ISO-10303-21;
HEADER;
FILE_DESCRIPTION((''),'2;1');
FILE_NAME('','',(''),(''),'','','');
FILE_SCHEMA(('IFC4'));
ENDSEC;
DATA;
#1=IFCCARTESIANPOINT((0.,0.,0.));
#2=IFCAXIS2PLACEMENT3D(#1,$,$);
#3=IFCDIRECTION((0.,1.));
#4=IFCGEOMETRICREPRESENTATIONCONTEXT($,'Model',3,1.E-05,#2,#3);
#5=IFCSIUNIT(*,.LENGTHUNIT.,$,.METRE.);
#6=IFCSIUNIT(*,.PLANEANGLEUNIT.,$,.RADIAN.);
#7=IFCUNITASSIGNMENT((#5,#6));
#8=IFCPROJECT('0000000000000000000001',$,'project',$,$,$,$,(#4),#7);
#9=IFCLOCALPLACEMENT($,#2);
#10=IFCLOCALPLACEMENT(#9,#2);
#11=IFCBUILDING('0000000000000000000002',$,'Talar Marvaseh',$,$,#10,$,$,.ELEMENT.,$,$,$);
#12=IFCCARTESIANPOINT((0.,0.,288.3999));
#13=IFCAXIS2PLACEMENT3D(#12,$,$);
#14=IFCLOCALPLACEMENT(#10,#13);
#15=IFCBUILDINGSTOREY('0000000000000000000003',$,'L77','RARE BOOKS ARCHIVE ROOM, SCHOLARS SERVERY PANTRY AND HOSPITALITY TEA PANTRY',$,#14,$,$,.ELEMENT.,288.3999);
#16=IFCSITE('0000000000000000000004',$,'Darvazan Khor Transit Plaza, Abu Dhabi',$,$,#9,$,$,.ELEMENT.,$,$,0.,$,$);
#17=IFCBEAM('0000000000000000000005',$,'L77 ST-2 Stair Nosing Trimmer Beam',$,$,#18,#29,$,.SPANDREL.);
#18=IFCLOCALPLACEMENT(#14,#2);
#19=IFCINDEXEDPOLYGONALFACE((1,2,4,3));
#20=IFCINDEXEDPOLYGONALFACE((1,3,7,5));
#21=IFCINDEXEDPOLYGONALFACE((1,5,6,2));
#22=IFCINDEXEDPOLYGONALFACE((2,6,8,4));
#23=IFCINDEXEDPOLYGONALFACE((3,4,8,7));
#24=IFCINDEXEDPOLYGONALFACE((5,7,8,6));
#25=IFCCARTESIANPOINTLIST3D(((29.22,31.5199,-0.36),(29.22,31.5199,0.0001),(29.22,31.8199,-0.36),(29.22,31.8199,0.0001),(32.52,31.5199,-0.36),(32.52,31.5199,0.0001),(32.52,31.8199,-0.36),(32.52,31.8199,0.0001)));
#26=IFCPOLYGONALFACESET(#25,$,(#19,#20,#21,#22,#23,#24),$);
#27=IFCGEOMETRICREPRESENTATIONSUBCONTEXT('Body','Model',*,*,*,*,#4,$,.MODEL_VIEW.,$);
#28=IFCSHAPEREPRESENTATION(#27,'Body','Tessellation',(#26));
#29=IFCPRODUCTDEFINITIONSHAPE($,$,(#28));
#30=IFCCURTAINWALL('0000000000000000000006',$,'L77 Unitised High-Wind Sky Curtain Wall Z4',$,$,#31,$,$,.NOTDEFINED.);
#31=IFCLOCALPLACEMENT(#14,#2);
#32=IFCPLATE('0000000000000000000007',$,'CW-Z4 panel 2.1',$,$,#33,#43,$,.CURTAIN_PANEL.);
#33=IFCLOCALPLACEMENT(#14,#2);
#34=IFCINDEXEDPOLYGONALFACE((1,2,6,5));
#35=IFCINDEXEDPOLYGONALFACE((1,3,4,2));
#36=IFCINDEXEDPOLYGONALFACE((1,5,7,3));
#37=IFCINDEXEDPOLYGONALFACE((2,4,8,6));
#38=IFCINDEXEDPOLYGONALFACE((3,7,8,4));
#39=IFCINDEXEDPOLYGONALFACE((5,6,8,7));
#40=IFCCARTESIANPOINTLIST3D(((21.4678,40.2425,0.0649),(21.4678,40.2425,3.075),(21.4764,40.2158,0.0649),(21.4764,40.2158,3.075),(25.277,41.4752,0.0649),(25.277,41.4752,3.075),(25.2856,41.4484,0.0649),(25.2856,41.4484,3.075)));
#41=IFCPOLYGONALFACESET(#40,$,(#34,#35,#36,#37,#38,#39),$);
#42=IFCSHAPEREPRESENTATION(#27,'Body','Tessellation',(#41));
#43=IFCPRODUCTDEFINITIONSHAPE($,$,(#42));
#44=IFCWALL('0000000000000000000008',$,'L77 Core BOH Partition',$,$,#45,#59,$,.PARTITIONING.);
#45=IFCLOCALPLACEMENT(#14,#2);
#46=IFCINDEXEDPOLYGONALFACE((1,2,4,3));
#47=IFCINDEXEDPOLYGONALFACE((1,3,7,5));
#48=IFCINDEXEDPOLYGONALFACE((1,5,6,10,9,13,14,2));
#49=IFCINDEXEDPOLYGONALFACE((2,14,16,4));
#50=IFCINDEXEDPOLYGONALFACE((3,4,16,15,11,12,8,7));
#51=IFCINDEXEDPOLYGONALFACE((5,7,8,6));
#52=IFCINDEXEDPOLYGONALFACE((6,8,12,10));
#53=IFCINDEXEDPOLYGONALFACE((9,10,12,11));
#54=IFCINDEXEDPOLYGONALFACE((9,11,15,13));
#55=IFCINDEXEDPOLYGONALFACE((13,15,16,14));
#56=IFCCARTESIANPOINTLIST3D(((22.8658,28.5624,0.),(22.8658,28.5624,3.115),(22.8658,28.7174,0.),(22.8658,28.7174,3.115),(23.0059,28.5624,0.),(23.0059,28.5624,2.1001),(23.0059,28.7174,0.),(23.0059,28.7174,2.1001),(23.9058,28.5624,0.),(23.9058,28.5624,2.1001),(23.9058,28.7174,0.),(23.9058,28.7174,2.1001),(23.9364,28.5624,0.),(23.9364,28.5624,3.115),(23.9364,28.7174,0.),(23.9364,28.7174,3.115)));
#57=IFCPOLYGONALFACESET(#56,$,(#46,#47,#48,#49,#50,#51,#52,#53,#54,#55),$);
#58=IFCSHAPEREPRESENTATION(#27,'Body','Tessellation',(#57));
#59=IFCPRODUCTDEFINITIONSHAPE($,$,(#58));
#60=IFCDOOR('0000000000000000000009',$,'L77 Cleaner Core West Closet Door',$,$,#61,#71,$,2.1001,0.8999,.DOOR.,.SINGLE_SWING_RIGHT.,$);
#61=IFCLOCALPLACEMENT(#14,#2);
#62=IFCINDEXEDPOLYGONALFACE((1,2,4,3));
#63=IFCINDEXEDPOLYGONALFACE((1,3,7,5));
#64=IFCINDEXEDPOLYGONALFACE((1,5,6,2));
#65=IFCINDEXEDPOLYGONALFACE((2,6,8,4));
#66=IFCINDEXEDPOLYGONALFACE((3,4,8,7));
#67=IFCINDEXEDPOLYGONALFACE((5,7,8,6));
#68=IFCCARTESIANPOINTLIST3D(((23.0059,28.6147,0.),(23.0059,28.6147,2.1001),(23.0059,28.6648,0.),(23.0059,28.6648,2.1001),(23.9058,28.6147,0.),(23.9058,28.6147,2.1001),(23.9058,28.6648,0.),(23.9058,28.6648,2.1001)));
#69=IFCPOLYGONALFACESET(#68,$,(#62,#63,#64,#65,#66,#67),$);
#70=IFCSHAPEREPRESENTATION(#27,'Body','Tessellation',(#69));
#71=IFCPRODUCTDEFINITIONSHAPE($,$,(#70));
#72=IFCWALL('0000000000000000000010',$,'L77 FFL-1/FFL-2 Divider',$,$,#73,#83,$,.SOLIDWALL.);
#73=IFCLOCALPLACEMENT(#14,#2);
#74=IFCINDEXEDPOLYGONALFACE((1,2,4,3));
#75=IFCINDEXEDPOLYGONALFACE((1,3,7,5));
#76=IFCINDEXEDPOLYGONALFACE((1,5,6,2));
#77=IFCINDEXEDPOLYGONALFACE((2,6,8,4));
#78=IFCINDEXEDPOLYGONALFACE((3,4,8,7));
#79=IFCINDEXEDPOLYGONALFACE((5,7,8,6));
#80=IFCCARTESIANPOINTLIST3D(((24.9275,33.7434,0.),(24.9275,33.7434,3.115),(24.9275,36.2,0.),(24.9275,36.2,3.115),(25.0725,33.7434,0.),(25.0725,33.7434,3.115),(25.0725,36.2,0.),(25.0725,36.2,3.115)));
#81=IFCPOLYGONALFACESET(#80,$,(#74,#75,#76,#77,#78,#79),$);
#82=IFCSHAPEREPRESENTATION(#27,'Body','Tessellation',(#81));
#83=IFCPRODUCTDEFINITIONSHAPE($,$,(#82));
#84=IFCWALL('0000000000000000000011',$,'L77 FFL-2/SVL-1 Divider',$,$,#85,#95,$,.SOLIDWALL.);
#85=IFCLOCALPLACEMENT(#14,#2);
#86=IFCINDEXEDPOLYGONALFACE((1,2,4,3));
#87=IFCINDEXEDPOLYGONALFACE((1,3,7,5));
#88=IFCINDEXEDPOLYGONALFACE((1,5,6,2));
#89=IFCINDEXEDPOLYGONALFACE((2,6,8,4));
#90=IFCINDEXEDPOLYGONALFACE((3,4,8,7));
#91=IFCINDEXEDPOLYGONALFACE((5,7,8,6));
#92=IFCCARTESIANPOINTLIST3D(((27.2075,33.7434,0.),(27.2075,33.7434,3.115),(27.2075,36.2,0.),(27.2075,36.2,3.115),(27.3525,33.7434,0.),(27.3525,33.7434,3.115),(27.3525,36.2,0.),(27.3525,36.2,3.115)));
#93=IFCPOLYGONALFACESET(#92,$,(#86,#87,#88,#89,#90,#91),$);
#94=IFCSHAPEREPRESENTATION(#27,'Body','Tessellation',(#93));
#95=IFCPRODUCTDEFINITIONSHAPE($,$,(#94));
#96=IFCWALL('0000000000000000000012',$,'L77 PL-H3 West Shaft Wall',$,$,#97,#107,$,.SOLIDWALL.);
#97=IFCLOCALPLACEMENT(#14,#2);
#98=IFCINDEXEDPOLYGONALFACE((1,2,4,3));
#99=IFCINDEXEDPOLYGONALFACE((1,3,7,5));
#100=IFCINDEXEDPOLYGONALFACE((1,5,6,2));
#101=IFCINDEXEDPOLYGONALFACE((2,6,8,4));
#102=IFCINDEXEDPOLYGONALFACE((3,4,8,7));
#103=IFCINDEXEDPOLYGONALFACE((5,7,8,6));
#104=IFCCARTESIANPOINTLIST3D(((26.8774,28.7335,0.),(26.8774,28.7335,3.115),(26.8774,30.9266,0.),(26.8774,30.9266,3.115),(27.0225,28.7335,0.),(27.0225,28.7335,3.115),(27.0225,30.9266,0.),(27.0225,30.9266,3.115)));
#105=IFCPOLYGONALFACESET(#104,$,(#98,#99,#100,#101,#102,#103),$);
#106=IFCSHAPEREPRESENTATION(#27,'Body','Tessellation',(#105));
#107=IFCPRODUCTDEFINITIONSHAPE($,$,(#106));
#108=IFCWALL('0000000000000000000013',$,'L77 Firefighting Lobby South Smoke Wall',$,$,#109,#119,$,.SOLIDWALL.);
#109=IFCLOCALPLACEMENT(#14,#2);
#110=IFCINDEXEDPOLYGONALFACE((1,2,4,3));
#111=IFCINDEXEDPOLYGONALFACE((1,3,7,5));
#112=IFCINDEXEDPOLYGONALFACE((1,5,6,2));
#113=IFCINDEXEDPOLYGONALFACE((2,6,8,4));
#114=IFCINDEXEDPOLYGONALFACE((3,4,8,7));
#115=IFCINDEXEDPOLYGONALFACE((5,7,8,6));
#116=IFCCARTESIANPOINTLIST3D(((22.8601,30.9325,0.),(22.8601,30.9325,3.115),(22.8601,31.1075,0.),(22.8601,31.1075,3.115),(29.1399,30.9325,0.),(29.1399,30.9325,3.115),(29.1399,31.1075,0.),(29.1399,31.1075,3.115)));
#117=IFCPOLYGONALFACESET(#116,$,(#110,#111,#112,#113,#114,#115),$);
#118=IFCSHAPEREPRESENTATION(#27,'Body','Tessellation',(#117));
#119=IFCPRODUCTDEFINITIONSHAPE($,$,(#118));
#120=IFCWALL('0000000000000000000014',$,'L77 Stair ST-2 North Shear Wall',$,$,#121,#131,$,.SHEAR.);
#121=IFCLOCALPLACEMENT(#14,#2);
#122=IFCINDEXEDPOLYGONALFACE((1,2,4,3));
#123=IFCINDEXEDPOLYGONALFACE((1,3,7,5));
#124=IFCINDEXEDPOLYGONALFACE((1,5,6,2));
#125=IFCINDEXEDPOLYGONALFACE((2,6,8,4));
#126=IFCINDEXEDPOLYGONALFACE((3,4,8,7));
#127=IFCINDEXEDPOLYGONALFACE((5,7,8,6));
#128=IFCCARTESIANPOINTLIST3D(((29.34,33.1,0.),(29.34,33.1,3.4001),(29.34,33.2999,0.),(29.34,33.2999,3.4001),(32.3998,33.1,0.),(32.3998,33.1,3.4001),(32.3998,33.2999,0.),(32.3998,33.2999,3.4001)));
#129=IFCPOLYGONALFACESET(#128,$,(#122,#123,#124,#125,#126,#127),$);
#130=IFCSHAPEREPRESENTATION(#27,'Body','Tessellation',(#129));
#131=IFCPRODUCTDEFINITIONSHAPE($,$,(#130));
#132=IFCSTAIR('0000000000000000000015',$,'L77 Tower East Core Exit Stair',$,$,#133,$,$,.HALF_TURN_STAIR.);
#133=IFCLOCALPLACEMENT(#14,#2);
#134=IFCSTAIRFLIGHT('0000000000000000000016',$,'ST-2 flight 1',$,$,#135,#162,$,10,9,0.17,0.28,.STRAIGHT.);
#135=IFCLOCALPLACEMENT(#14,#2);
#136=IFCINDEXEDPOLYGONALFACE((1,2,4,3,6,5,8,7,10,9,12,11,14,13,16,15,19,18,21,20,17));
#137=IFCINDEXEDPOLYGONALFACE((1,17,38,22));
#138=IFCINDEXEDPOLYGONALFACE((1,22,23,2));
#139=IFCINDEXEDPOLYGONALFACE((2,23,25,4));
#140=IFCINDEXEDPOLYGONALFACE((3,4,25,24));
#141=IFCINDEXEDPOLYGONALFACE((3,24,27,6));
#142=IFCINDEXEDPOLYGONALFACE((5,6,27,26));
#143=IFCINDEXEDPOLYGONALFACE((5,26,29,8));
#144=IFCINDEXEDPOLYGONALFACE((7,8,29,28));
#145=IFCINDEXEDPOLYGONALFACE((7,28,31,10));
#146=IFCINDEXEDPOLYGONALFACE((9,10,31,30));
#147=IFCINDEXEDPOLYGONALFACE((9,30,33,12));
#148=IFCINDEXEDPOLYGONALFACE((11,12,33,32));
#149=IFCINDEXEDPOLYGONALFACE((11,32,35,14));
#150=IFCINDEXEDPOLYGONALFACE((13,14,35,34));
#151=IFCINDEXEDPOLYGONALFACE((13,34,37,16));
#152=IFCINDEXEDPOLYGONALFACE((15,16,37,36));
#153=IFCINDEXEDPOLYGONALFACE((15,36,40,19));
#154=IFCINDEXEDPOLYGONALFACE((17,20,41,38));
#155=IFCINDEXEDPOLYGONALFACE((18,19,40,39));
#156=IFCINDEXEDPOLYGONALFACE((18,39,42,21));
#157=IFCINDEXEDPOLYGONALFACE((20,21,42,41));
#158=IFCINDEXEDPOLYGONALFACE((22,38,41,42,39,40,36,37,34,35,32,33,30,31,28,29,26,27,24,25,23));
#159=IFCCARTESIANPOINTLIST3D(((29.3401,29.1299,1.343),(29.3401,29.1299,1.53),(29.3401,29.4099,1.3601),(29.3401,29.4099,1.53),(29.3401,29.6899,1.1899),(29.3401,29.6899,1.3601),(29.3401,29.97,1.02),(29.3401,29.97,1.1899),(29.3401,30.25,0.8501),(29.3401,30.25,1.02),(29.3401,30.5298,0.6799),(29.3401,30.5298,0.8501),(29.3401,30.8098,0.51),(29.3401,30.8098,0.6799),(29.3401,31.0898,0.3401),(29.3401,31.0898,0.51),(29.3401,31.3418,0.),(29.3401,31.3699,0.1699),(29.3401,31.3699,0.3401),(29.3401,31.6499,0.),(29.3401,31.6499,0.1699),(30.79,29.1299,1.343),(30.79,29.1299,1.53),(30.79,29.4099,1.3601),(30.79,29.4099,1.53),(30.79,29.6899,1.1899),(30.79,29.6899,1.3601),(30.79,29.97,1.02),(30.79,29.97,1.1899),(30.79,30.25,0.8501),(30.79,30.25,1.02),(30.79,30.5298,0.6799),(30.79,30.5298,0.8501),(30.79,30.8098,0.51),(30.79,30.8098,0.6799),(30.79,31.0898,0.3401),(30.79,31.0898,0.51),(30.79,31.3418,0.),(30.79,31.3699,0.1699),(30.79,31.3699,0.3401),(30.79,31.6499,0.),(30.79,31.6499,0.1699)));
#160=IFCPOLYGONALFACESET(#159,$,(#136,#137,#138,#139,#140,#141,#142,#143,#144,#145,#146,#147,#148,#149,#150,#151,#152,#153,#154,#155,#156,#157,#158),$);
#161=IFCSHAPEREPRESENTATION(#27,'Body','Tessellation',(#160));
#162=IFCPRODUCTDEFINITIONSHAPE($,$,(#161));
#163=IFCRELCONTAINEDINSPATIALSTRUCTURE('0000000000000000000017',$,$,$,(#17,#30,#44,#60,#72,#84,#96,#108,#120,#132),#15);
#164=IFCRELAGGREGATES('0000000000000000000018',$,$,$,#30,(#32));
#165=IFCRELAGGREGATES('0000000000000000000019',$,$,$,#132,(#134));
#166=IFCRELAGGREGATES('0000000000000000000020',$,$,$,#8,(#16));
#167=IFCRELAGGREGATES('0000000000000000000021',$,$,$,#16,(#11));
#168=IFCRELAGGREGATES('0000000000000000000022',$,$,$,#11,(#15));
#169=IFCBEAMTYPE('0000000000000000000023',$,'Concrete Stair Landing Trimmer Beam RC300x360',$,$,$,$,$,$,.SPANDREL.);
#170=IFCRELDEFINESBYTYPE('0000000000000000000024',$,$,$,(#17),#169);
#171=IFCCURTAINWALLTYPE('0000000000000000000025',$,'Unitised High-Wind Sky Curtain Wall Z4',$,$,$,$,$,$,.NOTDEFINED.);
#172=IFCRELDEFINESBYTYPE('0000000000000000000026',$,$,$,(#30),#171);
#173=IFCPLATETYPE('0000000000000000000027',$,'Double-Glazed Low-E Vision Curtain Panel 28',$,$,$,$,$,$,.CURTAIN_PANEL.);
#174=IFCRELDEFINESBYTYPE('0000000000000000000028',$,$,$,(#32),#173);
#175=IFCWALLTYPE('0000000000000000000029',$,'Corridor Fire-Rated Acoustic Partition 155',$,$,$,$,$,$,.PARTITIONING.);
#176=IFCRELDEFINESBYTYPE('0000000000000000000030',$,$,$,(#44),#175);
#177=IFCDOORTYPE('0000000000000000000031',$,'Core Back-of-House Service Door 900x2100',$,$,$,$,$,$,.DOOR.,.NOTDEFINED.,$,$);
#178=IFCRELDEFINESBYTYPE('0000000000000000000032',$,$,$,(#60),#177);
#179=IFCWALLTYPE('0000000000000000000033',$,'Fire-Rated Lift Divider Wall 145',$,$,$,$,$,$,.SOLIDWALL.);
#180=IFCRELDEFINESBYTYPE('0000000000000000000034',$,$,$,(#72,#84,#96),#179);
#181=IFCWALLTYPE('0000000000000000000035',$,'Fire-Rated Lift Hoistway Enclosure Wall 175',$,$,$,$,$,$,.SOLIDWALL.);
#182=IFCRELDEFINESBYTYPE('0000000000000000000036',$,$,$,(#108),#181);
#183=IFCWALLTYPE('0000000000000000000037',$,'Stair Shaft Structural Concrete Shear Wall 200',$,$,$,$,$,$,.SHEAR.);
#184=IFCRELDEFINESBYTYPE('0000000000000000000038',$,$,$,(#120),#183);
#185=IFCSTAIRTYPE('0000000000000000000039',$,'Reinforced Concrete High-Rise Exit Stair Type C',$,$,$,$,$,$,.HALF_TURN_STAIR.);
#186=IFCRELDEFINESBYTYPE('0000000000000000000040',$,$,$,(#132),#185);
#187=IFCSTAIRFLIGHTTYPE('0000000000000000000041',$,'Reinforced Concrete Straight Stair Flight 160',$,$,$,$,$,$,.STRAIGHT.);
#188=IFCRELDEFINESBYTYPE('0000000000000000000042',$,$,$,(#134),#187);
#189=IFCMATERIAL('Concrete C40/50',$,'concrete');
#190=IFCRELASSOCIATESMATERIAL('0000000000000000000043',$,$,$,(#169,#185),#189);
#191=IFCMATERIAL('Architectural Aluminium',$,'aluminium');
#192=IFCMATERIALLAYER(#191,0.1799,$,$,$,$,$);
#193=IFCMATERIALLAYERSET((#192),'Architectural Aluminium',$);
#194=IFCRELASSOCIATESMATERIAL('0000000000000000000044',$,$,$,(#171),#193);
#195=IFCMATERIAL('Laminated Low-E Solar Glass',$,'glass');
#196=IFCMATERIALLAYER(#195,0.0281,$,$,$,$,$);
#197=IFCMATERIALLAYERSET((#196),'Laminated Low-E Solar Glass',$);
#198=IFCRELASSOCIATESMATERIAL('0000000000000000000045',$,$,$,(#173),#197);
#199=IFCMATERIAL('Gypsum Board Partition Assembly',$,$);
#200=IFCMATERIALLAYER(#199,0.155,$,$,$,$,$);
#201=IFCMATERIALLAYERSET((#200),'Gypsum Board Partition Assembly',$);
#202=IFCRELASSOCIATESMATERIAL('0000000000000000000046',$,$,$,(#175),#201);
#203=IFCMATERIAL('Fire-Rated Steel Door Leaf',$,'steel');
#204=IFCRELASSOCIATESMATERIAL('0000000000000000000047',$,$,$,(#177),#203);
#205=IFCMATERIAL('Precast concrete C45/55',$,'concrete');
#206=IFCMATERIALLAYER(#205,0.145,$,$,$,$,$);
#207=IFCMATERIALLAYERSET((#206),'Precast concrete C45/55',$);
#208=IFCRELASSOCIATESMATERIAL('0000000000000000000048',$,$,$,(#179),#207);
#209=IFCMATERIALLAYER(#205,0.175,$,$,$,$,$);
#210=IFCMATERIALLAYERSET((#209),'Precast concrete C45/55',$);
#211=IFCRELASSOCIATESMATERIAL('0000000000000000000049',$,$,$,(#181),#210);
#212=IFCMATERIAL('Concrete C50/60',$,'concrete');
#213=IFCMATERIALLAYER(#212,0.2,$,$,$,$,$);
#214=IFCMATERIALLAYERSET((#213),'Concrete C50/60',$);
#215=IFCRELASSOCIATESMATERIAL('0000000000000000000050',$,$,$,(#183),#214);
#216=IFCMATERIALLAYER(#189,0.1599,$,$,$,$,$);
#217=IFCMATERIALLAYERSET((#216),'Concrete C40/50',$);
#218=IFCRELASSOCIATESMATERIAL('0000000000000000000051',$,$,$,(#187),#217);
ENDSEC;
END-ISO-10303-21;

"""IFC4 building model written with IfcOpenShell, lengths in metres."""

from ifc_helpers import new_model, si_unit, direction, frame, frame_2d, origin, origin_2d, place, context, subcontext, project, spatial, polyline, rectangle, outline, extrude, source, transform, mapped, material, layer, layer_set, material_profile, profile_set, type_object, type_shapes, element, fill, aggregate, save


model = new_model("IFC4")

# Units and contexts
model_context = context("Model", 3, precision=1e-05, world=origin(), true_north=direction((0.0, 1.0)))
body_context = subcontext(model_context, "Body", "Model", "MODEL_VIEW")
ifc_project = project(units=[si_unit("LENGTHUNIT", "METRE"), si_unit("PLANEANGLEUNIT", "RADIAN")], contexts=[model_context])

# Site, building, storey
site_placement = place(None, origin())
site = spatial("IfcSite", under=ifc_project, at=site_placement, Name="Darvazan Khor Transit Plaza, Abu Dhabi", CompositionType="ELEMENT", RefElevation=0.0)
building_placement = place(site_placement, origin())
building = spatial("IfcBuilding", under=site, at=building_placement, Name="Talar Marvaseh", CompositionType="ELEMENT")
storey_placement = place(building_placement, frame((0.0, 0.0, 288.3999)))
storey = spatial("IfcBuildingStorey", under=building, at=storey_placement, Name="L77", Description="RARE BOOKS ARCHIVE ROOM, SCHOLARS SERVERY PANTRY AND HOSPITALITY TEA PANTRY", CompositionType="ELEMENT", Elevation=288.3999)

# Beam
ifc_material_1 = material(Name="Concrete C40/50", Category="concrete")
ifc_material_profile = material_profile(ifc_material_1, rectangle(XDim=0.3, YDim=0.3601, at=origin_2d()), Name="RC300x360")
ifc_profile_set = profile_set([ifc_material_profile], Name="Concrete C40/50")
beam_type = type_object("IfcBeamType", Name="Concrete Stair Landing Trimmer Beam RC300x360", PredefinedType="SPANDREL", material=ifc_profile_set)
beam_placement = place(storey_placement, frame((29.22, 31.6699, -0.1799), z_axis=(1.0, 0.0, 0.0), x_axis=(0.0, 1.0, 0.0)))
element("IfcBeam", 1, at=beam_placement, inside=storey, type_object=beam_type, Name="L77 ST-2 Stair Nosing Trimmer Beam", PredefinedType="SPANDREL", context=body_context, shape_type="SweptSolid", body=[
    extrude(rectangle(XDim=0.3, YDim=0.3601, at=origin_2d()), origin(), (0.0, 0.0, 1.0), 3.3),
])

# Curtain wall, plate
ifc_material_2 = material(Name="Architectural Aluminium", Category="aluminium")
ifc_layer_1 = layer(ifc_material_2, 0.1799)
ifc_layer_set_1 = layer_set([ifc_layer_1], Name="Architectural Aluminium")
curtain_wall_type = type_object("IfcCurtainWallType", Name="Unitised High-Wind Sky Curtain Wall Z4", PredefinedType="NOTDEFINED", material=ifc_layer_set_1)
curtain_wall_placement = place(storey_placement, origin())
curtain_wall = element("IfcCurtainWall", 2, at=curtain_wall_placement, inside=storey, type_object=curtain_wall_type, Name="L77 Unitised High-Wind Sky Curtain Wall Z4", PredefinedType="NOTDEFINED")
ifc_material_3 = material(Name="Laminated Low-E Solar Glass", Category="glass")
ifc_layer_2 = layer(ifc_material_3, 0.0281)
ifc_layer_set_2 = layer_set([ifc_layer_2], Name="Laminated Low-E Solar Glass")
plate_type = type_object("IfcPlateType", Name="Double-Glazed Low-E Vision Curtain Panel 28", PredefinedType="CURTAIN_PANEL", material=ifc_layer_set_2)
shared_shape_1 = source(origin(), body_context, "Body", "SweptSolid", [
    extrude(rectangle(XDim=4.0037, YDim=0.0281, at=origin_2d()), origin(), (0.0, 0.0, 1.0), 3.01),
])
type_shapes(plate_type, [shared_shape_1])
plate_placement = place(storey_placement, frame((23.3767, 40.8455, 0.0649), z_axis=(0.0, 0.0, 1.0), x_axis=(0.951422, 0.307889, 0.0)))
plate = element("IfcPlate", 3, at=plate_placement, type_object=plate_type, Name="CW-Z4 panel 2.1", PredefinedType="CURTAIN_PANEL", context=body_context, shape_type="MappedRepresentation", body=[
    mapped(shared_shape_1, transform((0.0, 0.0, 0.0), x_axis=(1.0, 0.0, 0.0), y_axis=(0.0, 1.0, 0.0), z_axis=(0.0, 0.0, 1.0), scale=1.0)),
])
aggregate(curtain_wall, [plate])

# Wall, opening, door
ifc_material_4 = material(Name="Gypsum Board Partition Assembly")
ifc_layer_3 = layer(ifc_material_4, 0.155)
ifc_layer_set_3 = layer_set([ifc_layer_3], Name="Gypsum Board Partition Assembly")
wall_type_1 = type_object("IfcWallType", Name="Corridor Fire-Rated Acoustic Partition 155", PredefinedType="PARTITIONING", material=ifc_layer_set_3)
wall_1_placement = place(storey_placement, frame((22.866, 28.6399, 0.0), z_axis=(0.0, 0.0, 1.0), x_axis=(1.0, 0.0, 0.0)))
wall_1 = element("IfcWall", 4, at=wall_1_placement, inside=storey, type_object=wall_type_1, Name="L77 Core BOH Partition", PredefinedType="PARTITIONING", context=body_context, shape_type="SweptSolid", body=[
    extrude(rectangle(XDim=1.0706, YDim=0.155, at=frame_2d((0.5352, 0.0))), origin(), (0.0, 0.0, 1.0), 3.115),
])
opening_1_placement = place(wall_1_placement, frame((0.1399, 0.0, 0.0)))
opening_1 = element("IfcOpeningElement", 5, at=opening_1_placement, cuts=wall_1, PredefinedType="OPENING", context=body_context, shape_type="SweptSolid", body=[
    extrude(rectangle(XDim=0.8999, YDim=2.1001, at=frame_2d((0.45, 1.05))), frame((0.0, 0.0874, 0.0), z_axis=(0.0, -1.0, 0.0), x_axis=(1.0, 0.0, 0.0)), (0.0, 0.0, 1.0), 0.175),
])
ifc_material_5 = material(Name="Fire-Rated Steel Door Leaf", Category="steel")
door_type_1 = type_object("IfcDoorType", Name="Core Back-of-House Service Door 900x2100", OperationType="NOTDEFINED", PredefinedType="DOOR", material=ifc_material_5)
shared_shape_2 = source(origin(), body_context, "Body", "SweptSolid", [
    extrude(rectangle(XDim=0.8999, YDim=2.1001, at=frame_2d((0.45, 1.05))), frame((0.0, 0.0249, 0.0), z_axis=(0.0, -1.0, 0.0), x_axis=(1.0, 0.0, 0.0)), (0.0, 0.0, 1.0), 0.05),
])
type_shapes(door_type_1, [shared_shape_2])
door_1_placement = place(opening_1_placement, origin())
door_1 = element("IfcDoor", 6, at=door_1_placement, inside=storey, type_object=door_type_1, Name="L77 Cleaner Core West Closet Door", OperationType="SINGLE_SWING_RIGHT", OverallHeight=2.1001, OverallWidth=0.8999, PredefinedType="DOOR", context=body_context, shape_type="MappedRepresentation", body=[
    mapped(shared_shape_2, transform((0.0, 0.0, 0.0), x_axis=(1.0, 0.0, 0.0), y_axis=(0.0, 1.0, 0.0), z_axis=(0.0, 0.0, 1.0), scale=1.0)),
])
fill(opening_1, door_1)

# Walls
ifc_material_6 = material(Name="Precast concrete C45/55", Category="concrete")
ifc_layer_4 = layer(ifc_material_6, 0.145)
ifc_layer_set_4 = layer_set([ifc_layer_4], Name="Precast concrete C45/55")
wall_type_2 = type_object("IfcWallType", Name="Fire-Rated Lift Divider Wall 145", PredefinedType="SOLIDWALL", material=ifc_layer_set_4)
for number, where, z_axis, x_axis, name in (
    (7, (25.0, 33.7434, 0.0), (0.0, 0.0, 1.0), (0.0, 1.0, 0.0), "L77 FFL-1/FFL-2 Divider"),
    (8, (27.28, 33.7434, 0.0), (0.0, 0.0, 1.0), (0.0, 1.0, 0.0), "L77 FFL-2/SVL-1 Divider"),
):
    element("IfcWall", number, at=place(storey_placement, frame(where, z_axis=z_axis, x_axis=x_axis)), inside=storey, type_object=wall_type_2, Name=name, PredefinedType="SOLIDWALL", context=body_context, shape_type="SweptSolid", body=[
        extrude(rectangle(XDim=2.4565, YDim=0.145, at=frame_2d((1.2283, 0.0))), origin(), (0.0, 0.0, 1.0), 3.115),
    ])
wall_2_placement = place(storey_placement, frame((26.95, 28.7334, 0.0), z_axis=(0.0, 0.0, 1.0), x_axis=(0.0, 1.0, 0.0)))
element("IfcWall", 9, at=wall_2_placement, inside=storey, type_object=wall_type_2, Name="L77 PL-H3 West Shaft Wall", PredefinedType="SOLIDWALL", context=body_context, shape_type="SweptSolid", body=[
    extrude(rectangle(XDim=2.1931, YDim=0.145, at=frame_2d((1.0967, 0.0))), origin(), (0.0, 0.0, 1.0), 3.115),
])

# Shared definitions
ifc_layer_5 = layer(ifc_material_6, 0.175)
ifc_layer_set_5 = layer_set([ifc_layer_5], Name="Precast concrete C45/55")
wall_type_3 = type_object("IfcWallType", Name="Fire-Rated Lift Hoistway Enclosure Wall 175", PredefinedType="SOLIDWALL", material=ifc_layer_set_5)

# Wall
wall_3_placement = place(storey_placement, frame((22.8601, 31.02, 0.0), z_axis=(0.0, 0.0, 1.0), x_axis=(1.0, 0.0, 0.0)))
element("IfcWall", 10, at=wall_3_placement, inside=storey, type_object=wall_type_3, Name="L77 Firefighting Lobby South Smoke Wall", PredefinedType="SOLIDWALL", context=body_context, shape_type="SweptSolid", body=[
    extrude(rectangle(XDim=6.2798, YDim=0.175, at=frame_2d((3.1399, 0.0))), origin(), (0.0, 0.0, 1.0), 3.115),
])

# Wall
ifc_material_7 = material(Name="Concrete C50/60", Category="concrete")
ifc_layer_6 = layer(ifc_material_7, 0.2)
ifc_layer_set_6 = layer_set([ifc_layer_6], Name="Concrete C50/60")
wall_type_4 = type_object("IfcWallType", Name="Stair Shaft Structural Concrete Shear Wall 200", PredefinedType="SHEAR", material=ifc_layer_set_6)
wall_4_placement = place(storey_placement, frame((29.3401, 33.2, 0.0), z_axis=(0.0, 0.0, 1.0), x_axis=(1.0, 0.0, 0.0)))
element("IfcWall", 11, at=wall_4_placement, inside=storey, type_object=wall_type_4, Name="L77 Stair ST-2 North Shear Wall", PredefinedType="SHEAR", context=body_context, shape_type="SweptSolid", body=[
    extrude(rectangle(XDim=3.0598, YDim=0.2, at=frame_2d((1.5298, 0.0))), origin(), (0.0, 0.0, 1.0), 3.4001),
])

# Stair, stair flight
stair_type = type_object("IfcStairType", Name="Reinforced Concrete High-Rise Exit Stair Type C", PredefinedType="HALF_TURN_STAIR", material=ifc_material_1)
stair_placement = place(storey_placement, origin())
stair = element("IfcStair", 12, at=stair_placement, inside=storey, type_object=stair_type, Name="L77 Tower East Core Exit Stair", PredefinedType="HALF_TURN_STAIR")
ifc_layer_7 = layer(ifc_material_1, 0.1599)
ifc_layer_set_7 = layer_set([ifc_layer_7], Name="Concrete C40/50")
stair_flight_type = type_object("IfcStairFlightType", Name="Reinforced Concrete Straight Stair Flight 160", PredefinedType="STRAIGHT", material=ifc_layer_set_7)
stair_flight_placement = place(storey_placement, frame((30.0649, 31.6499, 0.0), z_axis=(0.0, 0.0, 1.0), x_axis=(0.0, -1.0, 0.0)))
stair_flight = element("IfcStairFlight", 13, at=stair_flight_placement, type_object=stair_flight_type, Name="ST-2 flight 1", NumberOfRisers=10, NumberOfTreads=9, PredefinedType="STRAIGHT", RiserHeight=0.17, TreadLength=0.28, context=body_context, shape_type="SweptSolid", body=[
    extrude(outline(polyline([(0.0, 0.0), (0.0, 0.1699), (0.28, 0.1699), (0.28, 0.3401), (0.5601, 0.3401), (0.5601, 0.51), (0.8401, 0.51), (0.8401, 0.6799), (1.1201, 0.6799), (1.1201, 0.8501), (1.3999, 0.8501), (1.3999, 1.02), (1.6799, 1.02), (1.6799, 1.1899), (1.96, 1.1899), (1.96, 1.3601), (2.24, 1.3601), (2.24, 1.53), (2.52, 1.53), (2.52, 1.7), (2.52, 1.343), (0.3081, 0.0), (0.0, 0.0)])), frame((0.0, 0.7251, 0.0), z_axis=(0.0, -1.0, 0.0), x_axis=(1.0, 0.0, 0.0)), (0.0, 0.0, 1.0), 1.45),
])
aggregate(stair, [stair_flight])

save(model, "model.ifc")
